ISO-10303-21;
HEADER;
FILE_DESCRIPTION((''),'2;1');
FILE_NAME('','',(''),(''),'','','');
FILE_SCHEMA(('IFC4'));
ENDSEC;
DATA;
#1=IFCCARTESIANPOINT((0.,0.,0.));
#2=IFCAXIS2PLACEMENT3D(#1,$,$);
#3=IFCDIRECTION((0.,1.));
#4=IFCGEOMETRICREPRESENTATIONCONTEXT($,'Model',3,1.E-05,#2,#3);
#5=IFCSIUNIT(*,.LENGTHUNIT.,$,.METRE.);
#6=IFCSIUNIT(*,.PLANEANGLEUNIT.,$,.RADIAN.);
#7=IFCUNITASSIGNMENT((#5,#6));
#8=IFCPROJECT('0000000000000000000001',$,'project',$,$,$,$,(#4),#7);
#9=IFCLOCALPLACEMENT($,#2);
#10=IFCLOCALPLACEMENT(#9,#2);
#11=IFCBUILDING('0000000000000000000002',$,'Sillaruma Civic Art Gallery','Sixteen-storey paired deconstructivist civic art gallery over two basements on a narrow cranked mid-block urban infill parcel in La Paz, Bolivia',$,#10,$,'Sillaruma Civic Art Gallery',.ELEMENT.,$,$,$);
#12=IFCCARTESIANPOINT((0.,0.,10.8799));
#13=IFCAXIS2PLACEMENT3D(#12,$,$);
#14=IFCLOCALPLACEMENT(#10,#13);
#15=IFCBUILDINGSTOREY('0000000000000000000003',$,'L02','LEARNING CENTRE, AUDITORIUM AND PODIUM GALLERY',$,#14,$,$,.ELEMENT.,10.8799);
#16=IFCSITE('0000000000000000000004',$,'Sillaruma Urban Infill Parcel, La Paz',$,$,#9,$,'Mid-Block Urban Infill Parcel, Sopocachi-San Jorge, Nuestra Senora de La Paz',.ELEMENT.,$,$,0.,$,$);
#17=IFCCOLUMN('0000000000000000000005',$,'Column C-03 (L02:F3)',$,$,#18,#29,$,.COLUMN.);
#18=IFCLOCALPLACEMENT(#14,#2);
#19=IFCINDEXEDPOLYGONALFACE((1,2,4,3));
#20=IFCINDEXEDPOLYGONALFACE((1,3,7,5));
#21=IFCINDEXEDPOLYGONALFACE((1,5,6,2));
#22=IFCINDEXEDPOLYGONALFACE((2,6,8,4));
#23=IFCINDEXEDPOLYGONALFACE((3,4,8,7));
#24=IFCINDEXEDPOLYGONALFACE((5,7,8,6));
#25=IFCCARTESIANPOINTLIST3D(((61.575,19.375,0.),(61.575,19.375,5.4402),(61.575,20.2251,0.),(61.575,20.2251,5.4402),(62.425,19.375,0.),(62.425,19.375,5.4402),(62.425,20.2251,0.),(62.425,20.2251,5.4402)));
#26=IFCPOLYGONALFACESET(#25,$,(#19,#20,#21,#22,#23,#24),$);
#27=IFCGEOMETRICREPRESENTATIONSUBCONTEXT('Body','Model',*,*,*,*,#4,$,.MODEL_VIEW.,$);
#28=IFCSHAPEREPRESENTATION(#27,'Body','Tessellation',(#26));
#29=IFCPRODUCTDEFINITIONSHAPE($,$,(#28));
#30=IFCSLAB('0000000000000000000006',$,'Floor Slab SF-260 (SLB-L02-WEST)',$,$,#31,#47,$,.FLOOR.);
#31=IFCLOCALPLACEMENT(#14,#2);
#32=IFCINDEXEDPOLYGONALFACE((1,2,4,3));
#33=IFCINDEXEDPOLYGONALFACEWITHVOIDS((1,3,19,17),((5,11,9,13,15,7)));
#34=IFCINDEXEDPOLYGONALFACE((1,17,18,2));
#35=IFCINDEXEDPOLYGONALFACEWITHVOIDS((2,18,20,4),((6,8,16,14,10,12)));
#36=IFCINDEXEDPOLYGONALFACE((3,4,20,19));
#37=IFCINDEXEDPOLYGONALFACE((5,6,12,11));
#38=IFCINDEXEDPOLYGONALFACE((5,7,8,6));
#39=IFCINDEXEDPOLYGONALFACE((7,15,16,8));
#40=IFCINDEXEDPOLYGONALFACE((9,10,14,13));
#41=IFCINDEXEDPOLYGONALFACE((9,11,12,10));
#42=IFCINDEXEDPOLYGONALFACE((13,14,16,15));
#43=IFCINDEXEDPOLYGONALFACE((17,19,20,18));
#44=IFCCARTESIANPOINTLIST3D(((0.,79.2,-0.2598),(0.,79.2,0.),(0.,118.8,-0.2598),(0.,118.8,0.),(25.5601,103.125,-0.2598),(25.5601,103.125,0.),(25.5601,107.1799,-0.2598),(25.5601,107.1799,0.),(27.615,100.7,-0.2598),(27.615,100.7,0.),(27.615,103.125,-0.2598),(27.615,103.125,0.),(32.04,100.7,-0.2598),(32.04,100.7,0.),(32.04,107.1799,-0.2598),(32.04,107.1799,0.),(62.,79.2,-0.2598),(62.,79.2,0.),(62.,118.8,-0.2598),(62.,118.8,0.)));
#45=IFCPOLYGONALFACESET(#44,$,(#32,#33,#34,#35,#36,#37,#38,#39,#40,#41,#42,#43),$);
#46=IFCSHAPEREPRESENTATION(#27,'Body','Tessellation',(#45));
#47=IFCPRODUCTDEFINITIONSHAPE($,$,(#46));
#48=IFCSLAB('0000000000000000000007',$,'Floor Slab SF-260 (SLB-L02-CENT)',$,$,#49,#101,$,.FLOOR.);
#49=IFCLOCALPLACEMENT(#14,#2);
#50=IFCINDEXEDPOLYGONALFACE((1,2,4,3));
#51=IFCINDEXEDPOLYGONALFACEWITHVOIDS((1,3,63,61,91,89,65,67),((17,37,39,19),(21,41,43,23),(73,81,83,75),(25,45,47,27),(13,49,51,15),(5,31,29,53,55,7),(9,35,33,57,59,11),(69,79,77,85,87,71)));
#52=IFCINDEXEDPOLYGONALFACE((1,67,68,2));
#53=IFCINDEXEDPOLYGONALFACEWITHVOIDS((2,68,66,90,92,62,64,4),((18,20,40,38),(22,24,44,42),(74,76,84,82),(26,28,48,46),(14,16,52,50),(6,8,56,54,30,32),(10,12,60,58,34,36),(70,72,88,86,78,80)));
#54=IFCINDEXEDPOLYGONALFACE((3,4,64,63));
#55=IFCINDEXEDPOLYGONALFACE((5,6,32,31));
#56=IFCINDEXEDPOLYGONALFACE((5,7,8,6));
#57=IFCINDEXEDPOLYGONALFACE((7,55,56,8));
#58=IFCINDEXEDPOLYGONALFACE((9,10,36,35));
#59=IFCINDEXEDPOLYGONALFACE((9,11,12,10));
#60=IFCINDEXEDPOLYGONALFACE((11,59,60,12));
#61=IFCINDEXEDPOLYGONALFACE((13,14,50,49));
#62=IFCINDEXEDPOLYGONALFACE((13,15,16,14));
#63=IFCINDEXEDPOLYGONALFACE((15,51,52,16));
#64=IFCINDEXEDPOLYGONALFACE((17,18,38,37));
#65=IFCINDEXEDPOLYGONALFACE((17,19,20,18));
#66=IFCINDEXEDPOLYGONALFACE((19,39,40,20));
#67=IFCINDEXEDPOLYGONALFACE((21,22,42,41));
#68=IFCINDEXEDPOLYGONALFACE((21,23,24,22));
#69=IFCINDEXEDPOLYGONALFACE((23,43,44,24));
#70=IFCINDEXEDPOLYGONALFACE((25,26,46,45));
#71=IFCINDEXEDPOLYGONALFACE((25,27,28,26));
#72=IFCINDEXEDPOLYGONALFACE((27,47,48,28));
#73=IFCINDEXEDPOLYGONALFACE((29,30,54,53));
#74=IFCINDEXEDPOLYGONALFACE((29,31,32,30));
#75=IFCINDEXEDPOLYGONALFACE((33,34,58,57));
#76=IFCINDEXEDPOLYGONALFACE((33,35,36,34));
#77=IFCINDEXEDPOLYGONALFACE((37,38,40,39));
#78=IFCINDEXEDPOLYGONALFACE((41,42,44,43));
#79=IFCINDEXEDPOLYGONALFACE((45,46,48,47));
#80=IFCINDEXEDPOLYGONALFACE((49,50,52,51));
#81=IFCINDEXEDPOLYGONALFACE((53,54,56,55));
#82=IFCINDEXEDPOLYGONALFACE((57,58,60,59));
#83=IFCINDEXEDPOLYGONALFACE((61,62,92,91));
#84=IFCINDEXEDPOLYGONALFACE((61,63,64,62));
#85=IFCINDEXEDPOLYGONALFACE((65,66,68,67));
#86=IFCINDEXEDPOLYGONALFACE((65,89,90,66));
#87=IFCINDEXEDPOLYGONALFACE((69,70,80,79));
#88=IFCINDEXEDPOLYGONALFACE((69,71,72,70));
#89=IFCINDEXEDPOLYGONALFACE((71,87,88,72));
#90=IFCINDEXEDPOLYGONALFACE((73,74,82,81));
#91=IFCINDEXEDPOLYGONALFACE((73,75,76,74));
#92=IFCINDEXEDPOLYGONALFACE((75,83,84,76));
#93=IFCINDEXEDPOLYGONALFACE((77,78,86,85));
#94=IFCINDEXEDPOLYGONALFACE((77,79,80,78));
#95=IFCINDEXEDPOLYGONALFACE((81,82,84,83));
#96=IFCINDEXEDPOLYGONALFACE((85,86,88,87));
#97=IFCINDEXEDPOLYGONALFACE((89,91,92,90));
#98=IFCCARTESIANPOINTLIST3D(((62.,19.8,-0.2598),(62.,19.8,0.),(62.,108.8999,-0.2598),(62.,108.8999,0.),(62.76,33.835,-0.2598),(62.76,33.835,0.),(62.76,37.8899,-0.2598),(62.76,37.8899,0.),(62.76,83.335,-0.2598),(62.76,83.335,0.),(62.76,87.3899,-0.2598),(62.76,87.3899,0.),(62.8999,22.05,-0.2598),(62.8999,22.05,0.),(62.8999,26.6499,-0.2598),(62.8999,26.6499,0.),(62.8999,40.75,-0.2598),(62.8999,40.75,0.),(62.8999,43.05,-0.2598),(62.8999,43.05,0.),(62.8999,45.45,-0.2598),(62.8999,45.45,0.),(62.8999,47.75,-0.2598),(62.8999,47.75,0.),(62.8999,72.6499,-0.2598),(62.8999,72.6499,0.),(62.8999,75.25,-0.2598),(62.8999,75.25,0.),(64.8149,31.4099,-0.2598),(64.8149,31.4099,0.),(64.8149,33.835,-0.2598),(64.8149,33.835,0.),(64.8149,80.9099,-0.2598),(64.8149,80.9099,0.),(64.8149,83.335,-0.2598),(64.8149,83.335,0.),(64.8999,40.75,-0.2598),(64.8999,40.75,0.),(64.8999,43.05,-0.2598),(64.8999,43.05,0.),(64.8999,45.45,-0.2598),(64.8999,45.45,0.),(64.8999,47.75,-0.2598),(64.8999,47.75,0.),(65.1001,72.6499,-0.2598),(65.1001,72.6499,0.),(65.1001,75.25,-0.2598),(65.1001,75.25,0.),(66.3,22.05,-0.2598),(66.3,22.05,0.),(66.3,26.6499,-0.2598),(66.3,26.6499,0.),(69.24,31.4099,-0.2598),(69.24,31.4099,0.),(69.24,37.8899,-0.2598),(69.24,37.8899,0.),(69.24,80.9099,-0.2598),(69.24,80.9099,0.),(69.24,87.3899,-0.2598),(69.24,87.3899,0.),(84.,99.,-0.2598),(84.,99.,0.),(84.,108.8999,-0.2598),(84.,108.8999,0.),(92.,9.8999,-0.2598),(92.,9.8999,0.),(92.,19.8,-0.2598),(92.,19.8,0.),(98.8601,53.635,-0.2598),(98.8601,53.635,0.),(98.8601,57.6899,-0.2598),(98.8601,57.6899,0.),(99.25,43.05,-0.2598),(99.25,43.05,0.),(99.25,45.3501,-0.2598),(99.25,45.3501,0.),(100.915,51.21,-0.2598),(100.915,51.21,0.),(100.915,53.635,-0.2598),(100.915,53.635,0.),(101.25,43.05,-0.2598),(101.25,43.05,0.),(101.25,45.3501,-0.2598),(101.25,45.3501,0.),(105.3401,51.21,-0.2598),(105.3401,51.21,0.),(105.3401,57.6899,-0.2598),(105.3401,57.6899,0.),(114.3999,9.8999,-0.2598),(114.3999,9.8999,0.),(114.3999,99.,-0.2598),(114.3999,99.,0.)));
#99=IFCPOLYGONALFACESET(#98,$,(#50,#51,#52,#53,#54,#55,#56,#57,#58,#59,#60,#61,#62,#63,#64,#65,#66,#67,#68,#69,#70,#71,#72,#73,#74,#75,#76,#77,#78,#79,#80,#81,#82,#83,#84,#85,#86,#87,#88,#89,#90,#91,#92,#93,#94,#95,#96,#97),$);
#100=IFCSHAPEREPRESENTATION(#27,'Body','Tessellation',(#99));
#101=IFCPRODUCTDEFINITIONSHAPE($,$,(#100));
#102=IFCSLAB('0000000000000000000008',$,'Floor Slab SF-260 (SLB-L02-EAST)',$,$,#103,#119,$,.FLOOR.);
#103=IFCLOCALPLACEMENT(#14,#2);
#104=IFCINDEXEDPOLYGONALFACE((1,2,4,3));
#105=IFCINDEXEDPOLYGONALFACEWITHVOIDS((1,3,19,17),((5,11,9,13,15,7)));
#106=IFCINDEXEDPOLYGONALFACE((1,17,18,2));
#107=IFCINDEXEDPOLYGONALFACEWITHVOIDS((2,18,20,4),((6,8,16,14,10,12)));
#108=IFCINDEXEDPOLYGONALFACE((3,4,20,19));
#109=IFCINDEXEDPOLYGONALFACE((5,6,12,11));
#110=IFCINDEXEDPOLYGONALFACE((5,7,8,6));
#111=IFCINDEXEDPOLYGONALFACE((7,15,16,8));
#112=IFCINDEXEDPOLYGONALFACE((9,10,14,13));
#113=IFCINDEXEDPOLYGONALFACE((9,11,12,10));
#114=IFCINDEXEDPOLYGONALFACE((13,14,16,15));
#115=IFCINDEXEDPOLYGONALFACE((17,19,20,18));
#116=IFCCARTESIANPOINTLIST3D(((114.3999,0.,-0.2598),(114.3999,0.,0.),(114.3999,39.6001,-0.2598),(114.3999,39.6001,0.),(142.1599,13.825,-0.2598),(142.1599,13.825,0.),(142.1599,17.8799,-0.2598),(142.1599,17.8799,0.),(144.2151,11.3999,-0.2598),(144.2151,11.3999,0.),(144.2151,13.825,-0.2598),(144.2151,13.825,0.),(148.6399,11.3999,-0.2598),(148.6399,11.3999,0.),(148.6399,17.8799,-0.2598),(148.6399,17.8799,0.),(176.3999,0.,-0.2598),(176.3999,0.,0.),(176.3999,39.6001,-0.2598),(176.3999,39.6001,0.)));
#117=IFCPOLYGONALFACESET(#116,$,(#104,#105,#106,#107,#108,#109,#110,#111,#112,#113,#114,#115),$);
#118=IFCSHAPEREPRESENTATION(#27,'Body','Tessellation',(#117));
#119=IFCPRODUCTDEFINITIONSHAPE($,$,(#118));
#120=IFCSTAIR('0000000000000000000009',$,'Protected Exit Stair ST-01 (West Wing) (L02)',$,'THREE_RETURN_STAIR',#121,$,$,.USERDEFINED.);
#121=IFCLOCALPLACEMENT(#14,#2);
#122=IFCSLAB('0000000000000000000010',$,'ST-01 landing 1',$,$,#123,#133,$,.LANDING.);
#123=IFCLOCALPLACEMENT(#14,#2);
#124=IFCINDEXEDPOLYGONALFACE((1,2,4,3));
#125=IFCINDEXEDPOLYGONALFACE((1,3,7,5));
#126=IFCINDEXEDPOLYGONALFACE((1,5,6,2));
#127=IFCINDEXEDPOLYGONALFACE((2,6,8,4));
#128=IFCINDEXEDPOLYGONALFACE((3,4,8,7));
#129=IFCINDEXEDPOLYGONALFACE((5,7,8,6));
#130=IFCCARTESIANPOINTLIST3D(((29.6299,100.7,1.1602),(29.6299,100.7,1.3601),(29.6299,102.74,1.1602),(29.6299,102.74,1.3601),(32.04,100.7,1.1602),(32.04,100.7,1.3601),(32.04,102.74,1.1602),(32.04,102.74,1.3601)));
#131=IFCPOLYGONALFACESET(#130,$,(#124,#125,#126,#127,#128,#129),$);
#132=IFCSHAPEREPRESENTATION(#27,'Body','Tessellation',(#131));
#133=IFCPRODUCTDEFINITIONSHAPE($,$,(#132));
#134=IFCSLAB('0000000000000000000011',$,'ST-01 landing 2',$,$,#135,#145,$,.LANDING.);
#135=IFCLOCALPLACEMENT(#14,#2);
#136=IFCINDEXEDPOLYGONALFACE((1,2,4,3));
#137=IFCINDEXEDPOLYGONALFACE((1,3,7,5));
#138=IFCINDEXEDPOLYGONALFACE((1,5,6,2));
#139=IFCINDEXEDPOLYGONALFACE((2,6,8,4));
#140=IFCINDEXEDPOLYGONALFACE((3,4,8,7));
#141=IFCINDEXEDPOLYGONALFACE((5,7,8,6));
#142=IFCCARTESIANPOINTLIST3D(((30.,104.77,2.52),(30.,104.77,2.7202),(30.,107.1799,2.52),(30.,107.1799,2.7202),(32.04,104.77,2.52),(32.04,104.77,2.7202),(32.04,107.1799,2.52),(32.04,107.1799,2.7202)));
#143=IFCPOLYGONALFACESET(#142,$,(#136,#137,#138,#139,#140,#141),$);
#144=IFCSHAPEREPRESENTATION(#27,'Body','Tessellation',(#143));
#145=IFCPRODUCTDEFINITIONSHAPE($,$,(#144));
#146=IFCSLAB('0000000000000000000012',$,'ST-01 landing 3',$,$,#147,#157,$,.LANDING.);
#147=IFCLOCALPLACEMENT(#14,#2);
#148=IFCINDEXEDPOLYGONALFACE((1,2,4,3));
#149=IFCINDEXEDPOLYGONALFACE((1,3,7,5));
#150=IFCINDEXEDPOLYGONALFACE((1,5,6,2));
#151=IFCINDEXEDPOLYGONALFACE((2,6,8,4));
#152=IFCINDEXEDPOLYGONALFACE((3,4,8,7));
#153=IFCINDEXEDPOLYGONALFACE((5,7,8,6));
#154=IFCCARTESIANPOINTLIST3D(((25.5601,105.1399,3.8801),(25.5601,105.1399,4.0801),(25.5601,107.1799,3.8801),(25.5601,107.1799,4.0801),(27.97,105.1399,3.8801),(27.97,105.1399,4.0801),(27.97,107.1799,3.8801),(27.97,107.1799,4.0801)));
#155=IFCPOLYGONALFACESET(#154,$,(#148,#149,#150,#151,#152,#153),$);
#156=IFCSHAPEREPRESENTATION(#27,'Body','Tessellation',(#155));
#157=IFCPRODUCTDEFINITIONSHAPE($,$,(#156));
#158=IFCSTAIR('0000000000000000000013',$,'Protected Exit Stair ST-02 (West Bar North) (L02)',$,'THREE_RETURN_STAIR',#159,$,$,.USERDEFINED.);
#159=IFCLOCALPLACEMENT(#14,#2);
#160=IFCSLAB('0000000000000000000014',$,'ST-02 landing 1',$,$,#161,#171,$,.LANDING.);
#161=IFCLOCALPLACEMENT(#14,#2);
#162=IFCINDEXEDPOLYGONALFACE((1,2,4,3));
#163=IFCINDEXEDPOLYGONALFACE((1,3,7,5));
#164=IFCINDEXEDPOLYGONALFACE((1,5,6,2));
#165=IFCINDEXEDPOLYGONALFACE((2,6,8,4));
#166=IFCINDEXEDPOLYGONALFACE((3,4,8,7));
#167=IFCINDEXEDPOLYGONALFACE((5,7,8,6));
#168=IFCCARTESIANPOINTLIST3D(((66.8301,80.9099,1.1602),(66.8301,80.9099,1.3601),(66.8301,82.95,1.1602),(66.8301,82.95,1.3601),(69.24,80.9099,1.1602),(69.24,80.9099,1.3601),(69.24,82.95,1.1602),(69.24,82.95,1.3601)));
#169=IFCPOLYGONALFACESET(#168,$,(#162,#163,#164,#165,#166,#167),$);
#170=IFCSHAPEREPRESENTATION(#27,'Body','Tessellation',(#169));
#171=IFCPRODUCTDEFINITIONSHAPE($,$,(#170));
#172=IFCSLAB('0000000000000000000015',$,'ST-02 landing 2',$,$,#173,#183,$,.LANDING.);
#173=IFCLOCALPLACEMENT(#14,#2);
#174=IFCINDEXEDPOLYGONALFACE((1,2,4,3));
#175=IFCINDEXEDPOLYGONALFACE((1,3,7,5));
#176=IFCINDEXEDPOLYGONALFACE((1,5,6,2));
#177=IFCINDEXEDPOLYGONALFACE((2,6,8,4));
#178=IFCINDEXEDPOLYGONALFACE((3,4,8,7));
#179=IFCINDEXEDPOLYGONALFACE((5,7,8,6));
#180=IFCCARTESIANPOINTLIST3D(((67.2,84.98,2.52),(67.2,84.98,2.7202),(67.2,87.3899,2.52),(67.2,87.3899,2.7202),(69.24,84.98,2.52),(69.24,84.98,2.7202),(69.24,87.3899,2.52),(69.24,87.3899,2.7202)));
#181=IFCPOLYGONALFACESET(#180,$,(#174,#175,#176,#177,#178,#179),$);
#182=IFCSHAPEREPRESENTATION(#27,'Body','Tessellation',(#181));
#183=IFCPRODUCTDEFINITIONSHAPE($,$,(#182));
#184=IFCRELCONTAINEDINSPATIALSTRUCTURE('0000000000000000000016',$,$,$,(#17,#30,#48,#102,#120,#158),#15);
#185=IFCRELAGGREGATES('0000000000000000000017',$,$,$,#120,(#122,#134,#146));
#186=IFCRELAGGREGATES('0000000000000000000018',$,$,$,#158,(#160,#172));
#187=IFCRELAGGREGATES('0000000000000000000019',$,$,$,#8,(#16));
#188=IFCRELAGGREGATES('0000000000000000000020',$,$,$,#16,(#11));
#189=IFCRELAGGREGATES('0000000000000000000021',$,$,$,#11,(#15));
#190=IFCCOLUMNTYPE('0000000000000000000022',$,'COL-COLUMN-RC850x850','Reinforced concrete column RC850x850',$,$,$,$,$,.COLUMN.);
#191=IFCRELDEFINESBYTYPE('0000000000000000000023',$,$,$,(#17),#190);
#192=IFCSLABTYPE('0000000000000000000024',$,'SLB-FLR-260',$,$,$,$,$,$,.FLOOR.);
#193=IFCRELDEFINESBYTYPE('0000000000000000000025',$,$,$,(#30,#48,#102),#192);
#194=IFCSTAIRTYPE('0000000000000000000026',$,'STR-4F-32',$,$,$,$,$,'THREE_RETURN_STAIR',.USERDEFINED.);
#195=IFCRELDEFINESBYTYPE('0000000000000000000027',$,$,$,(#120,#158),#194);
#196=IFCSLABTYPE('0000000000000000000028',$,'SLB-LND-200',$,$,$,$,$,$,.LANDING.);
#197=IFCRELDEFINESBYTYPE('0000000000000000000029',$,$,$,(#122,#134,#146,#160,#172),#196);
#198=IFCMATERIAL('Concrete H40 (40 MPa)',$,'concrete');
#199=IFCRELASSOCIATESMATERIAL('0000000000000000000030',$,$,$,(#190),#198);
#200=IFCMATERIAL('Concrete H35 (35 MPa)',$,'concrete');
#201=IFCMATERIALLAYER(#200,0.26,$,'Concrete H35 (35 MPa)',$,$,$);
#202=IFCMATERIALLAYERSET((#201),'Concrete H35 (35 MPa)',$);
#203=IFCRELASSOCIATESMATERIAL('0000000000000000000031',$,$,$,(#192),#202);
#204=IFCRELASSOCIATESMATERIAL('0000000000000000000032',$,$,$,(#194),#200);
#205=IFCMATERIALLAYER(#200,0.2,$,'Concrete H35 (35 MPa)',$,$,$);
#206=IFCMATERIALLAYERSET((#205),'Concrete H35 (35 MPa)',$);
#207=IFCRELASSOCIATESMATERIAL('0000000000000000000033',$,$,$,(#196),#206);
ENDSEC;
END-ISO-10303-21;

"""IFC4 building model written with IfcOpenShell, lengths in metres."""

from ifc_helpers import new_model, si_unit, direction, frame, origin, origin_2d, place, context, subcontext, project, spatial, polyline, rectangle, outline, extrude, material, layer, layer_set, material_profile, profile_set, type_object, element, aggregate, save


model = new_model("IFC4")

# Units and contexts
model_context = context("Model", 3, precision=1e-05, world=origin(), true_north=direction((0.0, 1.0)))
body_context = subcontext(model_context, "Body", "Model", "MODEL_VIEW")
ifc_project = project(units=[si_unit("LENGTHUNIT", "METRE"), si_unit("PLANEANGLEUNIT", "RADIAN")], contexts=[model_context])

# Site, building, storey
site_placement = place(None, origin())
site = spatial("IfcSite", under=ifc_project, at=site_placement, Name="Sillaruma Urban Infill Parcel, La Paz", LongName="Mid-Block Urban Infill Parcel, Sopocachi-San Jorge, Nuestra Senora de La Paz", CompositionType="ELEMENT", RefElevation=0.0)
building_placement = place(site_placement, origin())
building = spatial("IfcBuilding", under=site, at=building_placement, Name="Sillaruma Civic Art Gallery", Description="Sixteen-storey paired deconstructivist civic art gallery over two basements on a narrow cranked mid-block urban infill parcel in La Paz, Bolivia", LongName="Sillaruma Civic Art Gallery", CompositionType="ELEMENT")
storey_placement = place(building_placement, frame((0.0, 0.0, 10.8799)))
storey = spatial("IfcBuildingStorey", under=building, at=storey_placement, Name="L02", Description="LEARNING CENTRE, AUDITORIUM AND PODIUM GALLERY", CompositionType="ELEMENT", Elevation=10.8799)

# Column
ifc_material_1 = material(Name="Concrete H40 (40 MPa)", Category="concrete")
ifc_material_profile = material_profile(ifc_material_1, rectangle(XDim=0.8501, YDim=0.8501, at=origin_2d()), Name="RC850x850")
ifc_profile_set = profile_set([ifc_material_profile], Name="Concrete H40 (40 MPa)")
column_type = type_object("IfcColumnType", Name="COL-COLUMN-RC850x850", Description="Reinforced concrete column RC850x850", PredefinedType="COLUMN", material=ifc_profile_set)
column_placement = place(storey_placement, frame((62.0, 19.8, 0.0), z_axis=(0.0, 0.0, 1.0), x_axis=(1.0, 0.0, 0.0)))
element("IfcColumn", 1, at=column_placement, inside=storey, type_object=column_type, Name="Column C-03 (L02:F3)", PredefinedType="COLUMN", context=body_context, shape_type="SweptSolid", body=[
    extrude(rectangle(XDim=0.8501, YDim=0.8501, at=origin_2d()), origin(), (0.0, 0.0, 1.0), 5.4402),
])

# Slabs
ifc_material_2 = material(Name="Concrete H35 (35 MPa)", Category="concrete")
ifc_layer_1 = layer(ifc_material_2, 0.26, Name="Concrete H35 (35 MPa)")
ifc_layer_set_1 = layer_set([ifc_layer_1], Name="Concrete H35 (35 MPa)")
slab_type_1 = type_object("IfcSlabType", Name="SLB-FLR-260", PredefinedType="FLOOR", material=ifc_layer_set_1)
slab_1_placement = place(storey_placement, frame((0.0, 0.0, -0.2598)))
element("IfcSlab", 2, at=slab_1_placement, inside=storey, type_object=slab_type_1, Name="Floor Slab SF-260 (SLB-L02-WEST)", PredefinedType="FLOOR", context=body_context, shape_type="SweptSolid", body=[
    extrude(outline(polyline([(0.0, 79.2), (62.0, 79.2), (62.0, 118.8), (0.0, 118.8), (0.0, 79.2)]), holes=[polyline([(27.615, 100.7), (32.04, 100.7), (32.04, 107.1799), (25.5601, 107.1799), (25.5601, 103.125), (27.615, 103.125), (27.615, 100.7)])]), origin(), (0.0, 0.0, 1.0), 0.2598),
])
slab_2_placement = place(storey_placement, frame((0.0, 0.0, -0.2598)))
element("IfcSlab", 3, at=slab_2_placement, inside=storey, type_object=slab_type_1, Name="Floor Slab SF-260 (SLB-L02-CENT)", PredefinedType="FLOOR", context=body_context, shape_type="SweptSolid", body=[
    extrude(outline(polyline([(92.0, 9.8999), (114.3999, 9.8999), (114.3999, 99.0), (84.0, 99.0), (84.0, 108.8999), (62.0, 108.8999), (62.0, 19.8), (92.0, 19.8), (92.0, 9.8999)]), holes=[polyline([(64.8149, 80.9099), (69.24, 80.9099), (69.24, 87.3899), (62.76, 87.3899), (62.76, 83.335), (64.8149, 83.335), (64.8149, 80.9099)]), polyline([(64.8149, 31.4099), (69.24, 31.4099), (69.24, 37.8899), (62.76, 37.8899), (62.76, 33.835), (64.8149, 33.835), (64.8149, 31.4099)]), polyline([(100.915, 51.21), (105.3401, 51.21), (105.3401, 57.6899), (98.8601, 57.6899), (98.8601, 53.635), (100.915, 53.635), (100.915, 51.21)]), polyline([(62.8999, 40.75), (64.8999, 40.75), (64.8999, 43.05), (62.8999, 43.05), (62.8999, 40.75)]), polyline([(62.8999, 45.45), (64.8999, 45.45), (64.8999, 47.75), (62.8999, 47.75), (62.8999, 45.45)]), polyline([(99.25, 43.05), (101.25, 43.05), (101.25, 45.3501), (99.25, 45.3501), (99.25, 43.05)]), polyline([(62.8999, 72.6499), (65.1001, 72.6499), (65.1001, 75.25), (62.8999, 75.25), (62.8999, 72.6499)]), polyline([(62.8999, 22.05), (66.3, 22.05), (66.3, 26.6499), (62.8999, 26.6499), (62.8999, 22.05)])]), origin(), (0.0, 0.0, 1.0), 0.2598),
])
slab_3_placement = place(storey_placement, frame((0.0, 0.0, -0.2598)))
element("IfcSlab", 4, at=slab_3_placement, inside=storey, type_object=slab_type_1, Name="Floor Slab SF-260 (SLB-L02-EAST)", PredefinedType="FLOOR", context=body_context, shape_type="SweptSolid", body=[
    extrude(outline(polyline([(114.3999, 0.0), (176.3999, 0.0), (176.3999, 39.6001), (114.3999, 39.6001), (114.3999, 0.0)]), holes=[polyline([(144.2151, 11.3999), (148.6399, 11.3999), (148.6399, 17.8799), (142.1599, 17.8799), (142.1599, 13.825), (144.2151, 13.825), (144.2151, 11.3999)])]), origin(), (0.0, 0.0, 1.0), 0.2598),
])

# Stairs, slabs
stair_type = type_object("IfcStairType", Name="STR-4F-32", ElementType="THREE_RETURN_STAIR", PredefinedType="USERDEFINED", material=ifc_material_2)
stair_1_placement = place(storey_placement, origin())
stair_1 = element("IfcStair", 5, at=stair_1_placement, inside=storey, type_object=stair_type, Name="Protected Exit Stair ST-01 (West Wing) (L02)", ObjectType="THREE_RETURN_STAIR", PredefinedType="USERDEFINED")
ifc_layer_2 = layer(ifc_material_2, 0.2, Name="Concrete H35 (35 MPa)")
ifc_layer_set_2 = layer_set([ifc_layer_2], Name="Concrete H35 (35 MPa)")
slab_type_2 = type_object("IfcSlabType", Name="SLB-LND-200", PredefinedType="LANDING", material=ifc_layer_set_2)
slab_4_placement = place(storey_placement, frame((0.0, 0.0, 1.1602)))
slab_4 = element("IfcSlab", 6, at=slab_4_placement, type_object=slab_type_2, Name="ST-01 landing 1", PredefinedType="LANDING", context=body_context, shape_type="SweptSolid", body=[
    extrude(outline(polyline([(29.6299, 100.7), (32.04, 100.7), (32.04, 102.74), (29.6299, 102.74), (29.6299, 100.7)])), origin(), (0.0, 0.0, 1.0), 0.2),
])
slab_5_placement = place(storey_placement, frame((0.0, 0.0, 2.52)))
slab_5 = element("IfcSlab", 7, at=slab_5_placement, type_object=slab_type_2, Name="ST-01 landing 2", PredefinedType="LANDING", context=body_context, shape_type="SweptSolid", body=[
    extrude(outline(polyline([(30.0, 104.77), (32.04, 104.77), (32.04, 107.1799), (30.0, 107.1799), (30.0, 104.77)])), origin(), (0.0, 0.0, 1.0), 0.2002),
])
slab_6_placement = place(storey_placement, frame((0.0, 0.0, 3.8801)))
slab_6 = element("IfcSlab", 8, at=slab_6_placement, type_object=slab_type_2, Name="ST-01 landing 3", PredefinedType="LANDING", context=body_context, shape_type="SweptSolid", body=[
    extrude(outline(polyline([(25.5601, 105.1399), (27.97, 105.1399), (27.97, 107.1799), (25.5601, 107.1799), (25.5601, 105.1399)])), origin(), (0.0, 0.0, 1.0), 0.2),
])
aggregate(stair_1, [slab_4, slab_5, slab_6])
stair_2_placement = place(storey_placement, origin())
stair_2 = element("IfcStair", 9, at=stair_2_placement, inside=storey, type_object=stair_type, Name="Protected Exit Stair ST-02 (West Bar North) (L02)", ObjectType="THREE_RETURN_STAIR", PredefinedType="USERDEFINED")
slab_7_placement = place(storey_placement, frame((0.0, 0.0, 1.1602)))
slab_7 = element("IfcSlab", 10, at=slab_7_placement, type_object=slab_type_2, Name="ST-02 landing 1", PredefinedType="LANDING", context=body_context, shape_type="SweptSolid", body=[
    extrude(outline(polyline([(66.8301, 80.9099), (69.24, 80.9099), (69.24, 82.95), (66.8301, 82.95), (66.8301, 80.9099)])), origin(), (0.0, 0.0, 1.0), 0.2),
])
slab_8_placement = place(storey_placement, frame((0.0, 0.0, 2.52)))
slab_8 = element("IfcSlab", 11, at=slab_8_placement, type_object=slab_type_2, Name="ST-02 landing 2", PredefinedType="LANDING", context=body_context, shape_type="SweptSolid", body=[
    extrude(outline(polyline([(67.2, 84.98), (69.24, 84.98), (69.24, 87.3899), (67.2, 87.3899), (67.2, 84.98)])), origin(), (0.0, 0.0, 1.0), 0.2002),
])
aggregate(stair_2, [slab_7, slab_8])

save(model, "model.ifc")
